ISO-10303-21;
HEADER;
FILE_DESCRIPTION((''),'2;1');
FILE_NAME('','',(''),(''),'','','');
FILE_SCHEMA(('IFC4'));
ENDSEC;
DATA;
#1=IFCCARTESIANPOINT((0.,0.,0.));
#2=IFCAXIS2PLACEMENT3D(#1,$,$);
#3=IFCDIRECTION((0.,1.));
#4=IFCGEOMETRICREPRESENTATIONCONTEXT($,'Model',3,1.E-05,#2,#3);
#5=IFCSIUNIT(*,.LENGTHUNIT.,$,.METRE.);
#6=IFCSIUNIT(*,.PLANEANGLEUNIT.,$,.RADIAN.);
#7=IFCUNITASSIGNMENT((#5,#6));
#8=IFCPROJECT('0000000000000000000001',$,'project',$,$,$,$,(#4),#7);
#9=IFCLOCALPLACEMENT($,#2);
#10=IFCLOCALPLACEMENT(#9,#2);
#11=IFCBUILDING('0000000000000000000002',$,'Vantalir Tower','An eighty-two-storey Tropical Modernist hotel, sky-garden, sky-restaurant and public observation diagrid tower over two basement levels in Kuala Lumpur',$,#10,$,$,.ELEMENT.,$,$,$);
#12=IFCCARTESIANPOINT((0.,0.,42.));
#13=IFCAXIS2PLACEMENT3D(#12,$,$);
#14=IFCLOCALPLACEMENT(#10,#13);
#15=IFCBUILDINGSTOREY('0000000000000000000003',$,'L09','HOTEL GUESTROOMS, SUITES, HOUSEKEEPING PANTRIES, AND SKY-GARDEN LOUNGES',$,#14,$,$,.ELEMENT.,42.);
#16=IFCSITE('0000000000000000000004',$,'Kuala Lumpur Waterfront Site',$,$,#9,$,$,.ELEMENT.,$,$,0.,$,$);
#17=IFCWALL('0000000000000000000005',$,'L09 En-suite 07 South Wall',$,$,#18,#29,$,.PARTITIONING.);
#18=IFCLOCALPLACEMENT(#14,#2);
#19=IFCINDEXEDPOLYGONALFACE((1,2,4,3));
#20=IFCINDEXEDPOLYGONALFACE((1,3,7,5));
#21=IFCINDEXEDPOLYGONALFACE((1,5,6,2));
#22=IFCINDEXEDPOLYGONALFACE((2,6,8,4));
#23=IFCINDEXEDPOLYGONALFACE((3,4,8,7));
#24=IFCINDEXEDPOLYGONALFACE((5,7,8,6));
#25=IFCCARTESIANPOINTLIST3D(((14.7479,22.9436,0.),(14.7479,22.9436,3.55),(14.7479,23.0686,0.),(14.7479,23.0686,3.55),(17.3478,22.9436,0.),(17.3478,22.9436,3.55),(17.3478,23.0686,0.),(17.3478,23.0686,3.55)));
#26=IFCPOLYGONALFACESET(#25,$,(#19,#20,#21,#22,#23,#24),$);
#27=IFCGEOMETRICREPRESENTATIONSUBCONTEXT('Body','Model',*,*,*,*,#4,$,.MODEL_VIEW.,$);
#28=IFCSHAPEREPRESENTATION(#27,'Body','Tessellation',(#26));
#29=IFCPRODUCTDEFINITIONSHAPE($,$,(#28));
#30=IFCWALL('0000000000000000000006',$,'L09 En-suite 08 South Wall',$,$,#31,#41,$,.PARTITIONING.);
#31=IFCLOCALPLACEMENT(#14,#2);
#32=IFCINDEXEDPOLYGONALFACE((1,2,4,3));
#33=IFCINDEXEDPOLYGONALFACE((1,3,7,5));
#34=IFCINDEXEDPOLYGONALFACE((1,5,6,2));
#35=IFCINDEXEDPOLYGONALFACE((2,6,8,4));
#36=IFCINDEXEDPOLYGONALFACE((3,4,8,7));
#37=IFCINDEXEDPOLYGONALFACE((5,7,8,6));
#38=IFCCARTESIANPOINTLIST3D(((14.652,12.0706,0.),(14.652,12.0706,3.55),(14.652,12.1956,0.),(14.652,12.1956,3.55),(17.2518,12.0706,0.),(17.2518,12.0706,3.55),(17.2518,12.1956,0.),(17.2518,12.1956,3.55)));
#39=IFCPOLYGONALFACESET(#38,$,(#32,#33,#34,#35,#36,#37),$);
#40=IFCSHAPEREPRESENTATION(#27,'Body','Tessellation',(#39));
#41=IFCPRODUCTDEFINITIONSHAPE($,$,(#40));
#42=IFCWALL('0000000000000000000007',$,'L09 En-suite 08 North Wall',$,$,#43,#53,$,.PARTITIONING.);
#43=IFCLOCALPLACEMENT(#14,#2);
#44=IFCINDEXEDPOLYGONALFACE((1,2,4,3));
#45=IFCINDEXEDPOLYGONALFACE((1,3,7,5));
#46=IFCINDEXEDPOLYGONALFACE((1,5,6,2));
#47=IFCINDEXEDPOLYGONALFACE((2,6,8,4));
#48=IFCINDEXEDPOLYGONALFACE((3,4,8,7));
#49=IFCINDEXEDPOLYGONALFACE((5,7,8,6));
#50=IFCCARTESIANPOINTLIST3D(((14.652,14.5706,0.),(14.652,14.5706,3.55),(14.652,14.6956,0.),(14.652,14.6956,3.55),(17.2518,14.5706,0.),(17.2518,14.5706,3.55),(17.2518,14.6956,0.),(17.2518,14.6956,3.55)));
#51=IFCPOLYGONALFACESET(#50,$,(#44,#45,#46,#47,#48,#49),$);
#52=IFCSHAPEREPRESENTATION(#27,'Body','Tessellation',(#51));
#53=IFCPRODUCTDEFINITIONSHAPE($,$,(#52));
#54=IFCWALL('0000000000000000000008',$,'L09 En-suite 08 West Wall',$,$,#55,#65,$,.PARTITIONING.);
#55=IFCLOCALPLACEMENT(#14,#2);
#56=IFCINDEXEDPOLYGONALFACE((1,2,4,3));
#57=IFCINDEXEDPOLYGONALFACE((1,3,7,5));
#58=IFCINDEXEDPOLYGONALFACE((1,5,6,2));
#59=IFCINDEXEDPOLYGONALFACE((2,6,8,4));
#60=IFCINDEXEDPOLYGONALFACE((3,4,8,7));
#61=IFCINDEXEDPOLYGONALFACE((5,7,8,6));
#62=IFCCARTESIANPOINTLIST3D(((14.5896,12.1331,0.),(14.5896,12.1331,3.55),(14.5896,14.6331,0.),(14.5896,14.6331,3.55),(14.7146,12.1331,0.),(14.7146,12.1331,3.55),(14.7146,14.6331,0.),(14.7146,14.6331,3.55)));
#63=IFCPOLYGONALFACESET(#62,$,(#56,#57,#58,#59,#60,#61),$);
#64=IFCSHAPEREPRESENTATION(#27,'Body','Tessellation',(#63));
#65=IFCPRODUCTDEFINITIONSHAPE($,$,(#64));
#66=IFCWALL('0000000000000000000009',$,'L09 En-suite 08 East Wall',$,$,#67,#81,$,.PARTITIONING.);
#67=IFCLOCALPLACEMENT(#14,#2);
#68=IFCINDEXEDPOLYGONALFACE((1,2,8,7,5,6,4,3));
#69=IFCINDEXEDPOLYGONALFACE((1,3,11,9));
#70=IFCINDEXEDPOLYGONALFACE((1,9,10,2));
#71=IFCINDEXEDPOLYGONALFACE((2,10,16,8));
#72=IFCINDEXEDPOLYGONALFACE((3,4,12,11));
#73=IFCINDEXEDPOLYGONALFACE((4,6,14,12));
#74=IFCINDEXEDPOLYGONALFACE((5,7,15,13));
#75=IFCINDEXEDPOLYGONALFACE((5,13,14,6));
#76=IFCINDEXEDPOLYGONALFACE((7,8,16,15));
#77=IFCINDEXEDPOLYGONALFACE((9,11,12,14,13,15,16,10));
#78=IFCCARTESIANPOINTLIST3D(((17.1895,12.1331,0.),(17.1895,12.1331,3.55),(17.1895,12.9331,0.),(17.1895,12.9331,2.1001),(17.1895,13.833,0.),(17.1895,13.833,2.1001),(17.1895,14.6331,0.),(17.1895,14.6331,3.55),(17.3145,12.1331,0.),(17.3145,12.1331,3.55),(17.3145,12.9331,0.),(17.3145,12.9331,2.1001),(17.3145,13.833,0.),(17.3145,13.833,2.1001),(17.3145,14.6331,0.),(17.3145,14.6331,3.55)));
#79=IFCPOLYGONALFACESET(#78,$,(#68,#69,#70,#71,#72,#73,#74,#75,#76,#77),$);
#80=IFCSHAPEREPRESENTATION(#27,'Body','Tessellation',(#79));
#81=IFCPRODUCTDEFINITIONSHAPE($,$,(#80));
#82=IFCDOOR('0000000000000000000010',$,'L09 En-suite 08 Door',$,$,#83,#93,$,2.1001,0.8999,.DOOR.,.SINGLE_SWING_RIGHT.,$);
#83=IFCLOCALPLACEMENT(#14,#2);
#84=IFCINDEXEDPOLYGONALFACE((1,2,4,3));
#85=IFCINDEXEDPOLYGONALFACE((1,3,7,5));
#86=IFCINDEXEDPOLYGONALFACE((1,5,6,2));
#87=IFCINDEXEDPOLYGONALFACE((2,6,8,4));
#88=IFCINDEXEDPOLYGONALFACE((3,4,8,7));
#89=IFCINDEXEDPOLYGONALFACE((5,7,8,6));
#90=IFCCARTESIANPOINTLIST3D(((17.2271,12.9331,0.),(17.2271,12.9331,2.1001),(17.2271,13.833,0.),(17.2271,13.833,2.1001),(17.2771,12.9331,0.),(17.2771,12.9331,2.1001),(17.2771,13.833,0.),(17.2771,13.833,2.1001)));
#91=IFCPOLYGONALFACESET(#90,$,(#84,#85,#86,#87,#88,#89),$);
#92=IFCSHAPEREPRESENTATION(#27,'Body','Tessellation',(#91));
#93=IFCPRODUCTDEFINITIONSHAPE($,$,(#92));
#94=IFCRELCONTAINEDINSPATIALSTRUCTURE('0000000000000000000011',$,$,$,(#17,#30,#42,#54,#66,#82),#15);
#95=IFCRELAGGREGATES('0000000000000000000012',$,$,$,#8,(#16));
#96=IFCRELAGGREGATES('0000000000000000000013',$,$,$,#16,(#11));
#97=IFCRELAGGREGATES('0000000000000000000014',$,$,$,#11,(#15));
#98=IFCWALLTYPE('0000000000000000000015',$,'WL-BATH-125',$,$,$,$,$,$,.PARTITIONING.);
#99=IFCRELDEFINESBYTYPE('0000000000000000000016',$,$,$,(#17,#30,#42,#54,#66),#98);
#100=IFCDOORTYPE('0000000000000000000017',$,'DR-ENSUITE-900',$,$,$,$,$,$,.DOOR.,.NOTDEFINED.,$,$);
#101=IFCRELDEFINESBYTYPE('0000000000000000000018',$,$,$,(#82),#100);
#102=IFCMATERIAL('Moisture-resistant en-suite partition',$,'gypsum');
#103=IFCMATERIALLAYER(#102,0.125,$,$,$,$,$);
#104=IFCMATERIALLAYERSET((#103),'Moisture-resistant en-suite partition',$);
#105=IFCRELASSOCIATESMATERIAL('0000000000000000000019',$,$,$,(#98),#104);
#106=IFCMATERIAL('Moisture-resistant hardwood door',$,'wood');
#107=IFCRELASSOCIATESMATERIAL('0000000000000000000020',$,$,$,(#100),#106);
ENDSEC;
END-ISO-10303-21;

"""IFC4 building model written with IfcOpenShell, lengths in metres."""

from ifc_helpers import new_model, si_unit, direction, frame, frame_2d, origin, place, context, subcontext, project, spatial, rectangle, extrude, material, layer, layer_set, type_object, element, fill, save


model = new_model("IFC4")

# Units and contexts
model_context = context("Model", 3, precision=1e-05, world=origin(), true_north=direction((0.0, 1.0)))
body_context = subcontext(model_context, "Body", "Model", "MODEL_VIEW")
ifc_project = project(units=[si_unit("LENGTHUNIT", "METRE"), si_unit("PLANEANGLEUNIT", "RADIAN")], contexts=[model_context])

# Site, building, storey
site_placement = place(None, origin())
site = spatial("IfcSite", under=ifc_project, at=site_placement, Name="Kuala Lumpur Waterfront Site", CompositionType="ELEMENT", RefElevation=0.0)
building_placement = place(site_placement, origin())
building = spatial("IfcBuilding", under=site, at=building_placement, Name="Vantalir Tower", Description="An eighty-two-storey Tropical Modernist hotel, sky-garden, sky-restaurant and public observation diagrid tower over two basement levels in Kuala Lumpur", CompositionType="ELEMENT")
storey_placement = place(building_placement, frame((0.0, 0.0, 42.0)))
storey = spatial("IfcBuildingStorey", under=building, at=storey_placement, Name="L09", Description="HOTEL GUESTROOMS, SUITES, HOUSEKEEPING PANTRIES, AND SKY-GARDEN LOUNGES", CompositionType="ELEMENT", Elevation=42.0)

# Walls
ifc_material_1 = material(Name="Moisture-resistant en-suite partition", Category="gypsum")
ifc_layer_1 = layer(ifc_material_1, 0.125)
ifc_layer_set_1 = layer_set([ifc_layer_1], Name="Moisture-resistant en-suite partition")
wall_type = type_object("IfcWallType", Name="WL-BATH-125", PredefinedType="PARTITIONING", material=ifc_layer_set_1)
for number, where, z_axis, x_axis, name in (
    (1, (14.748, 23.0061, 0.0), (0.0, 0.0, 1.0), (1.0, 0.0, 0.0), "L09 En-suite 07 South Wall"),
    (2, (14.6521, 12.1331, 0.0), (0.0, 0.0, 1.0), (1.0, 0.0, 0.0), "L09 En-suite 08 South Wall"),
    (3, (14.6521, 14.6331, 0.0), (0.0, 0.0, 1.0), (1.0, 0.0, 0.0), "L09 En-suite 08 North Wall"),
):
    element("IfcWall", number, at=place(storey_placement, frame(where, z_axis=z_axis, x_axis=x_axis)), inside=storey, type_object=wall_type, Name=name, PredefinedType="PARTITIONING", context=body_context, shape_type="SweptSolid", body=[
        extrude(rectangle(XDim=2.5999, YDim=0.125, at=frame_2d((1.2998, 0.0))), origin(), (0.0, 0.0, 1.0), 3.55),
    ])
wall_1_placement = place(storey_placement, frame((14.6521, 12.1331, 0.0), z_axis=(0.0, 0.0, 1.0), x_axis=(0.0, 1.0, 0.0)))
element("IfcWall", 4, at=wall_1_placement, inside=storey, type_object=wall_type, Name="L09 En-suite 08 West Wall", PredefinedType="PARTITIONING", context=body_context, shape_type="SweptSolid", body=[
    extrude(rectangle(XDim=2.5, YDim=0.125, at=frame_2d((1.25, 0.0))), origin(), (0.0, 0.0, 1.0), 3.55),
])

# Wall, opening, door
wall_2_placement = place(storey_placement, frame((17.252, 12.1331, 0.0), z_axis=(0.0, 0.0, 1.0), x_axis=(0.0, 1.0, 0.0)))
wall_2 = element("IfcWall", 5, at=wall_2_placement, inside=storey, type_object=wall_type, Name="L09 En-suite 08 East Wall", PredefinedType="PARTITIONING", context=body_context, shape_type="SweptSolid", body=[
    extrude(rectangle(XDim=2.5, YDim=0.125, at=frame_2d((1.25, 0.0))), origin(), (0.0, 0.0, 1.0), 3.55),
])
opening_placement = place(wall_2_placement, frame((0.8, 0.0, 0.0)))
opening = element("IfcOpeningElement", 6, at=opening_placement, cuts=wall_2, PredefinedType="OPENING", context=body_context, shape_type="SweptSolid", body=[
    extrude(rectangle(XDim=0.8999, YDim=2.1001, at=frame_2d((0.45, 1.05))), frame((0.0, 0.0725, 0.0), z_axis=(0.0, -1.0, 0.0), x_axis=(1.0, 0.0, 0.0)), (0.0, 0.0, 1.0), 0.145),
])
ifc_material_2 = material(Name="Moisture-resistant hardwood door", Category="wood")
door_type = type_object("IfcDoorType", Name="DR-ENSUITE-900", OperationType="NOTDEFINED", PredefinedType="DOOR", material=ifc_material_2)
door_placement = place(opening_placement, origin())
door = element("IfcDoor", 7, at=door_placement, inside=storey, type_object=door_type, Name="L09 En-suite 08 Door", OperationType="SINGLE_SWING_RIGHT", OverallHeight=2.1001, OverallWidth=0.8999, PredefinedType="DOOR", context=body_context, shape_type="SweptSolid", body=[
    extrude(rectangle(XDim=0.8999, YDim=2.1001, at=frame_2d((0.45, 1.05))), frame((0.0, 0.0249, 0.0), z_axis=(0.0, -1.0, 0.0), x_axis=(1.0, 0.0, 0.0)), (0.0, 0.0, 1.0), 0.05),
])
fill(opening, door)

save(model, "model.ifc")
